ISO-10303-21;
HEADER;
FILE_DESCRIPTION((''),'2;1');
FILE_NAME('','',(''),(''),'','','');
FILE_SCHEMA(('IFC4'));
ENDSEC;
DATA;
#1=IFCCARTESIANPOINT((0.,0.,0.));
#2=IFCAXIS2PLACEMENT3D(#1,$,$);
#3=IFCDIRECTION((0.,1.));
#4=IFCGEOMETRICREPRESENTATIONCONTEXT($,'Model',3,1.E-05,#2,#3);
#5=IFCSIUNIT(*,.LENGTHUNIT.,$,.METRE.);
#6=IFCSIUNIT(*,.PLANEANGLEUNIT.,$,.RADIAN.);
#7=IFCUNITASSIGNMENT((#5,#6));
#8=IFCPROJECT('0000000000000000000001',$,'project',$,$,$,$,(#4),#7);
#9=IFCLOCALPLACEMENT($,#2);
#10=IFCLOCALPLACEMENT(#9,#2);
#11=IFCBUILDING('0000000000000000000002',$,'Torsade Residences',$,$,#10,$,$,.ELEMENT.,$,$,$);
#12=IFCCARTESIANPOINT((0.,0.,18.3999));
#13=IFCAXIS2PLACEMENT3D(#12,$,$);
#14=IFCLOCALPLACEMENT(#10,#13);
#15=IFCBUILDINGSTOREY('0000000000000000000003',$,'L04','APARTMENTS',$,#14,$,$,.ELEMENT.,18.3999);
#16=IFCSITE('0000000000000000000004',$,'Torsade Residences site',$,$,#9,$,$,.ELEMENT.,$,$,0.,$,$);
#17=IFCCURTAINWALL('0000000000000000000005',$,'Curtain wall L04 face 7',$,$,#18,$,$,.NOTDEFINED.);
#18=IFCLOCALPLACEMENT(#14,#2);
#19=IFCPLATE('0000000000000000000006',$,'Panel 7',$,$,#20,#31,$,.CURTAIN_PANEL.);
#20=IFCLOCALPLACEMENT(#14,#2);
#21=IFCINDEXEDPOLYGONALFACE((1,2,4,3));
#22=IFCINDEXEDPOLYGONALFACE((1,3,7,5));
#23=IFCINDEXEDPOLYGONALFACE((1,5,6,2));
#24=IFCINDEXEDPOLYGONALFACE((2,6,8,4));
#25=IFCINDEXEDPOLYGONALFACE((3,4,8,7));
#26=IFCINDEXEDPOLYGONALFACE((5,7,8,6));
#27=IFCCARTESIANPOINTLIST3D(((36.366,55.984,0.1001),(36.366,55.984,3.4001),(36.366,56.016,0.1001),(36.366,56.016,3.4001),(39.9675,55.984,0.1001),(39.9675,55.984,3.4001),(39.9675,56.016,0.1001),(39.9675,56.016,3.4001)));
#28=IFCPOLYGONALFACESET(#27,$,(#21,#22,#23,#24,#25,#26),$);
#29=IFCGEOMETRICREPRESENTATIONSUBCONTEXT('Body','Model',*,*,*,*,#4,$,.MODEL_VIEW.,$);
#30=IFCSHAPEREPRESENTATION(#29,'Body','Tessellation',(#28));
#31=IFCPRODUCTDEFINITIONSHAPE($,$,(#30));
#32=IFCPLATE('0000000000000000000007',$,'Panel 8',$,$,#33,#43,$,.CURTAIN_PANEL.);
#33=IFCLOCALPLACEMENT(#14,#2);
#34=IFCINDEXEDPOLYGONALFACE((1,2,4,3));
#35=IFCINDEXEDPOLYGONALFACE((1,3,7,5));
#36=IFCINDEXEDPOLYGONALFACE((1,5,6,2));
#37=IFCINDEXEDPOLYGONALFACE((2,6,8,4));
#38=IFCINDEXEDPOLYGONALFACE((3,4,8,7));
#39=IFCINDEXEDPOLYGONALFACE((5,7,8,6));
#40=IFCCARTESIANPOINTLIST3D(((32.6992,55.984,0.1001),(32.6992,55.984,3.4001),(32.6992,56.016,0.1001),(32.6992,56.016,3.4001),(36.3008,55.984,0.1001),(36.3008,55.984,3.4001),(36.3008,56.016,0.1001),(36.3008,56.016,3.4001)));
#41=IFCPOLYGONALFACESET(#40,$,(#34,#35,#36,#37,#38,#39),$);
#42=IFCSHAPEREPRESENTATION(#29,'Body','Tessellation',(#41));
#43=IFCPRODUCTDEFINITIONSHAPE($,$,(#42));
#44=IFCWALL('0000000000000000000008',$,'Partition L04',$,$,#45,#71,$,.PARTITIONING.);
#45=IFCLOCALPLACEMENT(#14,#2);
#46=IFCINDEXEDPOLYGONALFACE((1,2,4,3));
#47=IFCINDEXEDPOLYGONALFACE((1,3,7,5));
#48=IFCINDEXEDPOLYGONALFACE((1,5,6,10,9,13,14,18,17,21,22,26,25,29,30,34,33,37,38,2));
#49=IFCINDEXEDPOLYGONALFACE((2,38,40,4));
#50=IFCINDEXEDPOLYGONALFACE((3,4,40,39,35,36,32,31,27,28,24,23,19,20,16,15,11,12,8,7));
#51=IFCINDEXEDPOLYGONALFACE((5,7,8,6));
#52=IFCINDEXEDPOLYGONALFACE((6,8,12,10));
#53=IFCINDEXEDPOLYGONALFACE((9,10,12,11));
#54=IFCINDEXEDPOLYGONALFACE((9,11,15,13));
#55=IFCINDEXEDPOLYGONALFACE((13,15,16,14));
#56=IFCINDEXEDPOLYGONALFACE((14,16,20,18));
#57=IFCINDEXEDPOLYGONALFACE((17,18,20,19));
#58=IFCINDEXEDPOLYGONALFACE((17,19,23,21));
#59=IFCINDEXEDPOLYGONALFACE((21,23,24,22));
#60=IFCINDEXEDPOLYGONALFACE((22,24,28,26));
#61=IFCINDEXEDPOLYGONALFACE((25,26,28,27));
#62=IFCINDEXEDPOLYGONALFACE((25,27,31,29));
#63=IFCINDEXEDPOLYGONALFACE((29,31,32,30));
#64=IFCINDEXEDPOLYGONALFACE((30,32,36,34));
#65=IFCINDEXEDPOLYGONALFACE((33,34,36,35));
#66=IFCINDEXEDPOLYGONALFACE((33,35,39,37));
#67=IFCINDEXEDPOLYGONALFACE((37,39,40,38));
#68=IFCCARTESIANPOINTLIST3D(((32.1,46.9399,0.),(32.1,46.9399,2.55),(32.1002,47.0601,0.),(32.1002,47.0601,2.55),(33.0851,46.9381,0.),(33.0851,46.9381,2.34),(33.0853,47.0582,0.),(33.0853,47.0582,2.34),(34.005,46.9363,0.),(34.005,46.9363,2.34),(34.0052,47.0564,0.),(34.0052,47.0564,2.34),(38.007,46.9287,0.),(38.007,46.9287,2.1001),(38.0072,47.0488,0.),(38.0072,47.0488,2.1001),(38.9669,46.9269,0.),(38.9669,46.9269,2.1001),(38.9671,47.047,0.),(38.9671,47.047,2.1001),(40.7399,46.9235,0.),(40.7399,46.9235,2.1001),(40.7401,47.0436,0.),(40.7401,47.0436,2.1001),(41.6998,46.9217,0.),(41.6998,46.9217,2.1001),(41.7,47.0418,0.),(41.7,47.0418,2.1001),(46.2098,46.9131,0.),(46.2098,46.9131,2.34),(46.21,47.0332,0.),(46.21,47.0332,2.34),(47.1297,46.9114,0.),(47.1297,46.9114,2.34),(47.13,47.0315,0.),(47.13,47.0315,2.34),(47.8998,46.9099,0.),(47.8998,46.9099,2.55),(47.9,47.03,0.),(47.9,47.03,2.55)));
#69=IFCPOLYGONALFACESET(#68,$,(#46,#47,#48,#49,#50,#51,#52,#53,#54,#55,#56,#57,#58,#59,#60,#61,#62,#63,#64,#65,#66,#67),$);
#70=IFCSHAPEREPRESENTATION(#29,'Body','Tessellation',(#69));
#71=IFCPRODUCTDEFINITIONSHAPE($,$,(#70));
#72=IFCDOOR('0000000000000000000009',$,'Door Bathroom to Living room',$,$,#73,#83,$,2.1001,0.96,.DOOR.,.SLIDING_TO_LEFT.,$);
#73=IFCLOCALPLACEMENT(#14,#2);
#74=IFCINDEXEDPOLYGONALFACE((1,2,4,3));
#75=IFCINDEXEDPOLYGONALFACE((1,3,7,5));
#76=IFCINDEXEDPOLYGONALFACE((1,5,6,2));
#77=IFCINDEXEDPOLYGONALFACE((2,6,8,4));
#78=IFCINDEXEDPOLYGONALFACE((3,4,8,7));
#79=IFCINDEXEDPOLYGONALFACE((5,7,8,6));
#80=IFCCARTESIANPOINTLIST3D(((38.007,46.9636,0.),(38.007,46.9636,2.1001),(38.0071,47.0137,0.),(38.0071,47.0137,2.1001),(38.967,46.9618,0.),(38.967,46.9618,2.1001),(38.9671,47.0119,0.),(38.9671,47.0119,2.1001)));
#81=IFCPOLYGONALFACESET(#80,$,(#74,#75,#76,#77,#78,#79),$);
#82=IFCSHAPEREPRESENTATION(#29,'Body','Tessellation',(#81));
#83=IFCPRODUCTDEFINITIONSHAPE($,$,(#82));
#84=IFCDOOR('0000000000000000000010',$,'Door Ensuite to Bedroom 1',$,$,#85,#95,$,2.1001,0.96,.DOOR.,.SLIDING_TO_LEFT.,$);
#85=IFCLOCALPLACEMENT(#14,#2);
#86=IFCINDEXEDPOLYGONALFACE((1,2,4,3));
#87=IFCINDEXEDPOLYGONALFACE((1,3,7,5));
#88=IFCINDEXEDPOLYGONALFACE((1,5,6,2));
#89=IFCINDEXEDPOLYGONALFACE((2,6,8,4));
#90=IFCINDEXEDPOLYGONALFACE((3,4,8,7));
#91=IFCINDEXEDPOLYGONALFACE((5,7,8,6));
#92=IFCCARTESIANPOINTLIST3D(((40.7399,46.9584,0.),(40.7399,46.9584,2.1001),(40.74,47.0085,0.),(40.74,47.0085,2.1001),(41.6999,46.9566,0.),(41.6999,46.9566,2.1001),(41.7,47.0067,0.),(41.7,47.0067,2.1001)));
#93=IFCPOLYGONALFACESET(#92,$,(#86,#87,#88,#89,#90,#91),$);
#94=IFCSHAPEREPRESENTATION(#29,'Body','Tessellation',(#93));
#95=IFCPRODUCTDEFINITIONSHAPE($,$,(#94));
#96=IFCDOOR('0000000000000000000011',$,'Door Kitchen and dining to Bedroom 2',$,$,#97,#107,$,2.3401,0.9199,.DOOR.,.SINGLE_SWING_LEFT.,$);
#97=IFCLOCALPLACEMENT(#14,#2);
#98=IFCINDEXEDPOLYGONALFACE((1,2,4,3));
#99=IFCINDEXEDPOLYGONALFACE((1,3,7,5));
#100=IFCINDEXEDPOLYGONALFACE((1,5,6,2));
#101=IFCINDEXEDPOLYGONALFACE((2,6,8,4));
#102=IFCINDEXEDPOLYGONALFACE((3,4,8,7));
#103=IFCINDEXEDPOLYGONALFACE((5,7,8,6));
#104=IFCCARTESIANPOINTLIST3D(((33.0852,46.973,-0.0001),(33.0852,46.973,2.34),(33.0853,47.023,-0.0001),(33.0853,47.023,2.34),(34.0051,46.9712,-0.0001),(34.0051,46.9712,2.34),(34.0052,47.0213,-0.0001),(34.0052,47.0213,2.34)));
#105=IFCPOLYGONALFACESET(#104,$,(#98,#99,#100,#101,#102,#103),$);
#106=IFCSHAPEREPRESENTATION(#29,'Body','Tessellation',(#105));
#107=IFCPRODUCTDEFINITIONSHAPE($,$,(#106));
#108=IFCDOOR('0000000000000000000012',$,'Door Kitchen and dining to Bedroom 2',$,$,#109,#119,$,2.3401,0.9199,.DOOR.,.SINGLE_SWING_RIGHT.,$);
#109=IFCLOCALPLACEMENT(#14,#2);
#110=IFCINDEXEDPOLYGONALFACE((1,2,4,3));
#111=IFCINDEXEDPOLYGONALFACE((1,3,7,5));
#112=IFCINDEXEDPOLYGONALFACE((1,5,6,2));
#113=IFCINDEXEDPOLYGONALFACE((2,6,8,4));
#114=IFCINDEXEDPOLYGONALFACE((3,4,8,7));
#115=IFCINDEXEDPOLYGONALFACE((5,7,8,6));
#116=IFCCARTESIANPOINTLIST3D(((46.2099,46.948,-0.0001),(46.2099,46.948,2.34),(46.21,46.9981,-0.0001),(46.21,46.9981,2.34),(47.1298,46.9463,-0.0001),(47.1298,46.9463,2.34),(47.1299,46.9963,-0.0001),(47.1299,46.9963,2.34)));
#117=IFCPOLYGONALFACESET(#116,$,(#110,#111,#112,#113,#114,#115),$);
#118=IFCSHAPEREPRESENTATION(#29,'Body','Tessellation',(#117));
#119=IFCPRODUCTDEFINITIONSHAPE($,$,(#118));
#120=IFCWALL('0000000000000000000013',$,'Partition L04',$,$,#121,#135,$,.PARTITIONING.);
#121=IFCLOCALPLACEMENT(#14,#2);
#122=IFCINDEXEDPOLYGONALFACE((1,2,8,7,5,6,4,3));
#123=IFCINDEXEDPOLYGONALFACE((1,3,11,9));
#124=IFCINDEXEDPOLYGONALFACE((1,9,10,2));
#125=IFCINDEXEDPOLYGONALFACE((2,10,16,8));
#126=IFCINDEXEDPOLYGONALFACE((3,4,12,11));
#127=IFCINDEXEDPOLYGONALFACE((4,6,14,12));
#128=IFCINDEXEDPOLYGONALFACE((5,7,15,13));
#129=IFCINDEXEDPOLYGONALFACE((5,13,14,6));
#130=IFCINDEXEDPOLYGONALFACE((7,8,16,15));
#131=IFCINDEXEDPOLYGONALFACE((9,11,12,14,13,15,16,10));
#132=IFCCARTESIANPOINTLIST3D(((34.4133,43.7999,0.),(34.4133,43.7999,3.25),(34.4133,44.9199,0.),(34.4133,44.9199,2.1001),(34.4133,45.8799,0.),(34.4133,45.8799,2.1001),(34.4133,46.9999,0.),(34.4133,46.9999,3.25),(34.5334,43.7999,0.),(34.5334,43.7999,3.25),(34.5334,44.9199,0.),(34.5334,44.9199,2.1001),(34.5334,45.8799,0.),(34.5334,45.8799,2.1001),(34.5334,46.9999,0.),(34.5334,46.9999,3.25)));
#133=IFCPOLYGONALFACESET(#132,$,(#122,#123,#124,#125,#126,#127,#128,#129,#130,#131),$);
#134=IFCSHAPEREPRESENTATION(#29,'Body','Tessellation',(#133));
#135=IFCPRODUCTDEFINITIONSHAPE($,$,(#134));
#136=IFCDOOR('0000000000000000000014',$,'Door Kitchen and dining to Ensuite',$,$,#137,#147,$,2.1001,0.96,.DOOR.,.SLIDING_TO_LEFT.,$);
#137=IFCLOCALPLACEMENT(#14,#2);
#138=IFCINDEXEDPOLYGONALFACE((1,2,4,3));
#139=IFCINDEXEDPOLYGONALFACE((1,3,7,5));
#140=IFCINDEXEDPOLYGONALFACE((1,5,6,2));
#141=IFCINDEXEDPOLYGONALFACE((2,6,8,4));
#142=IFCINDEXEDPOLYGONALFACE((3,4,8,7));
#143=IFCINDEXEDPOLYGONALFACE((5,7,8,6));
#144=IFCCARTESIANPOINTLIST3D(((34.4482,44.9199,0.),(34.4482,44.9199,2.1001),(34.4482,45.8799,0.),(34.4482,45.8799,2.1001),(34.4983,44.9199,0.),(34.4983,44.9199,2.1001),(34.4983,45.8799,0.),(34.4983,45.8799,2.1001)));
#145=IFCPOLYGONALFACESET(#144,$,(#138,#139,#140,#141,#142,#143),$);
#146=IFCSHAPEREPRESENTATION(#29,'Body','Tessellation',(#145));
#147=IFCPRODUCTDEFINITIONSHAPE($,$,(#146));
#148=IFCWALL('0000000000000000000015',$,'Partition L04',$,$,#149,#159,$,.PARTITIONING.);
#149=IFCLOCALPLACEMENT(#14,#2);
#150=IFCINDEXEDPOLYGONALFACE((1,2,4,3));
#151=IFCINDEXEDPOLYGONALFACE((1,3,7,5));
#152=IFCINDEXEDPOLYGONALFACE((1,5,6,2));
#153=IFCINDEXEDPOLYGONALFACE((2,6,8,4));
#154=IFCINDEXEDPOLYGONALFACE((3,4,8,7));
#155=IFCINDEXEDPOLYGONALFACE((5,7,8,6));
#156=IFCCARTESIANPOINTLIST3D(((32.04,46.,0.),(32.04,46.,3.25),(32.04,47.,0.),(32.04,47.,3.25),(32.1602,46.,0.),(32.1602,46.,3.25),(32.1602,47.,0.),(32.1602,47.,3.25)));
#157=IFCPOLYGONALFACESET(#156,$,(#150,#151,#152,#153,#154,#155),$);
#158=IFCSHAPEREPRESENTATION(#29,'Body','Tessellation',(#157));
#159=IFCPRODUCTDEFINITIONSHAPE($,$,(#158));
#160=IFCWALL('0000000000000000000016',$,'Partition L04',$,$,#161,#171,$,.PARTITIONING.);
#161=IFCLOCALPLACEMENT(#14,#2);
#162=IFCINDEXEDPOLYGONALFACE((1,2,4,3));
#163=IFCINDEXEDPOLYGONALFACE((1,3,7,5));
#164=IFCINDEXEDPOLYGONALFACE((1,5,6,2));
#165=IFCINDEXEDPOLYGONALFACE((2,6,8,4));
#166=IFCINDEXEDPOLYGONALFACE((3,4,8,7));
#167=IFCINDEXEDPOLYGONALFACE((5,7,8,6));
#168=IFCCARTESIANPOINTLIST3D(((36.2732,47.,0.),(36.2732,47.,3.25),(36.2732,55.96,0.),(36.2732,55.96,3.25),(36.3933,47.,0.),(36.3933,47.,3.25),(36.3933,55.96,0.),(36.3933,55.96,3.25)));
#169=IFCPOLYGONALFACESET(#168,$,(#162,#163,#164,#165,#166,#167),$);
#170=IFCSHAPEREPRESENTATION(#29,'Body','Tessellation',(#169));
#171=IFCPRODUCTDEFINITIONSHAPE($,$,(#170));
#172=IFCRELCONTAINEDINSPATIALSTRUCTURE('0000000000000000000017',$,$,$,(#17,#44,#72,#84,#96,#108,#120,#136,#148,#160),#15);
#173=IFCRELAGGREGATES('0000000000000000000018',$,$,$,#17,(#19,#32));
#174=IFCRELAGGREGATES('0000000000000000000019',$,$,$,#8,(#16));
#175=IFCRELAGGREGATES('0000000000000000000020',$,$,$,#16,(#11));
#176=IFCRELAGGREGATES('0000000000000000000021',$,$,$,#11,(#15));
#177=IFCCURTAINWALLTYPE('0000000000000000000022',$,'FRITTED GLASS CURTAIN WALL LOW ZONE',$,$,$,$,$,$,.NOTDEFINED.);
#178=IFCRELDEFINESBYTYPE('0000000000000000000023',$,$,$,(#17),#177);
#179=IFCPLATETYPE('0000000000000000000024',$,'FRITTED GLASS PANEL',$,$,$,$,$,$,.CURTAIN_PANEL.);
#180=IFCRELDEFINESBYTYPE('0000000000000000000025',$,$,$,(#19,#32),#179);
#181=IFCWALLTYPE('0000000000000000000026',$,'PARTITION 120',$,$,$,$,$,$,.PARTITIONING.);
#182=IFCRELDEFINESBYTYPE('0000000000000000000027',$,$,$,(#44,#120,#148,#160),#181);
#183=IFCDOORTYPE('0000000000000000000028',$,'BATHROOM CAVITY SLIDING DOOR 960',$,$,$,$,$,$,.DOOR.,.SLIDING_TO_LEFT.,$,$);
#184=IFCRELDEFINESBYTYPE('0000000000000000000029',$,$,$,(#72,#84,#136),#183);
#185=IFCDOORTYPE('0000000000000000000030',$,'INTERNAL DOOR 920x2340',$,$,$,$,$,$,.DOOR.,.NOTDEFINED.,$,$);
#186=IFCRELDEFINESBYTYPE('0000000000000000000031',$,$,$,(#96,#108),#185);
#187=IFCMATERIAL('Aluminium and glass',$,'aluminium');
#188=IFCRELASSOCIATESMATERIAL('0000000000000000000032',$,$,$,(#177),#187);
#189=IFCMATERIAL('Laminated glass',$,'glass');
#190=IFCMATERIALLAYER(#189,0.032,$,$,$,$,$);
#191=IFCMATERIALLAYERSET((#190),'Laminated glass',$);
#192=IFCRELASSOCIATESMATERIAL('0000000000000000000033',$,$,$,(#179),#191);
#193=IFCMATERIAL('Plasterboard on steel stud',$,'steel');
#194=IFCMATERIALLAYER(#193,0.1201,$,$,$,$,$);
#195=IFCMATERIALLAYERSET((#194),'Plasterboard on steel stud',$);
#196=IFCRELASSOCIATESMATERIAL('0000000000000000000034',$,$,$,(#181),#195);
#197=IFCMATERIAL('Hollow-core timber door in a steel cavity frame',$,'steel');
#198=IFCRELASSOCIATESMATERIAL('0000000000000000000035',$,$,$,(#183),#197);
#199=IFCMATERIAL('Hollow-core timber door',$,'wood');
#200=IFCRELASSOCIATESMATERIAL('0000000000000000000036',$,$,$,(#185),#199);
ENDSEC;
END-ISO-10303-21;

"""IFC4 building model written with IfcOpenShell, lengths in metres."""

from ifc_helpers import new_model, si_unit, direction, frame, frame_2d, origin, origin_2d, place, context, subcontext, project, spatial, rectangle, extrude, material, layer, layer_set, type_object, element, fill, aggregate, save


model = new_model("IFC4")

# Units and contexts
model_context = context("Model", 3, precision=1e-05, world=origin(), true_north=direction((0.0, 1.0)))
body_context = subcontext(model_context, "Body", "Model", "MODEL_VIEW")
ifc_project = project(units=[si_unit("LENGTHUNIT", "METRE"), si_unit("PLANEANGLEUNIT", "RADIAN")], contexts=[model_context])

# Site, building, storey
site_placement = place(None, origin())
site = spatial("IfcSite", under=ifc_project, at=site_placement, Name="Torsade Residences site", CompositionType="ELEMENT", RefElevation=0.0)
building_placement = place(site_placement, origin())
building = spatial("IfcBuilding", under=site, at=building_placement, Name="Torsade Residences", CompositionType="ELEMENT")
storey_placement = place(building_placement, frame((0.0, 0.0, 18.3999)))
storey = spatial("IfcBuildingStorey", under=building, at=storey_placement, Name="L04", Description="APARTMENTS", CompositionType="ELEMENT", Elevation=18.3999)

# Curtain wall
ifc_material_1 = material(Name="Aluminium and glass", Category="aluminium")
curtain_wall_type = type_object("IfcCurtainWallType", Name="FRITTED GLASS CURTAIN WALL LOW ZONE", PredefinedType="NOTDEFINED", material=ifc_material_1)
curtain_wall_placement = place(storey_placement, origin())
curtain_wall = element("IfcCurtainWall", 1, at=curtain_wall_placement, inside=storey, type_object=curtain_wall_type, Name="Curtain wall L04 face 7", PredefinedType="NOTDEFINED")

# Plates
ifc_material_2 = material(Name="Laminated glass", Category="glass")
ifc_layer_1 = layer(ifc_material_2, 0.032)
ifc_layer_set_1 = layer_set([ifc_layer_1], Name="Laminated glass")
plate_type = type_object("IfcPlateType", Name="FRITTED GLASS PANEL", PredefinedType="CURTAIN_PANEL", material=ifc_layer_set_1)
plate_1_placement = place(storey_placement, frame((38.1667, 56.0, 0.1001), z_axis=(0.0, 0.0, 1.0), x_axis=(-1.0, 0.0, 0.0)))
plate_1 = element("IfcPlate", 2, at=plate_1_placement, type_object=plate_type, Name="Panel 7", PredefinedType="CURTAIN_PANEL", context=body_context, shape_type="SweptSolid", body=[
    extrude(rectangle(XDim=3.6016, YDim=0.032, at=origin_2d()), origin(), (0.0, 0.0, 1.0), 3.3),
])
plate_2_placement = place(storey_placement, frame((34.5, 56.0, 0.1001), z_axis=(0.0, 0.0, 1.0), x_axis=(-1.0, 0.0, 0.0)))
plate_2 = element("IfcPlate", 3, at=plate_2_placement, type_object=plate_type, Name="Panel 8", PredefinedType="CURTAIN_PANEL", context=body_context, shape_type="SweptSolid", body=[
    extrude(rectangle(XDim=3.6016, YDim=0.032, at=origin_2d()), origin(), (0.0, 0.0, 1.0), 3.3),
])
aggregate(curtain_wall, [plate_1, plate_2])

# Wall, openings, doors
ifc_material_3 = material(Name="Plasterboard on steel stud", Category="steel")
ifc_layer_2 = layer(ifc_material_3, 0.1201)
ifc_layer_set_2 = layer_set([ifc_layer_2], Name="Plasterboard on steel stud")
wall_type = type_object("IfcWallType", Name="PARTITION 120", PredefinedType="PARTITIONING", material=ifc_layer_set_2)
wall_1_placement = place(storey_placement, frame((32.1001, 47.0, 0.0), z_axis=(0.0, 0.0, 1.0), x_axis=(0.999998, -0.001901, 0.0)))
wall_1 = element("IfcWall", 4, at=wall_1_placement, inside=storey, type_object=wall_type, Name="Partition L04", PredefinedType="PARTITIONING", context=body_context, shape_type="SweptSolid", body=[
    extrude(rectangle(XDim=15.7998, YDim=0.1201, at=frame_2d((7.8999, 0.0))), origin(), (0.0, 0.0, 1.0), 2.55),
])
opening_1_placement = place(wall_1_placement, frame((0.9851, 0.0, 0.0)))
opening_1 = element("IfcOpeningElement", 5, at=opening_1_placement, cuts=wall_1, PredefinedType="OPENING", context=body_context, shape_type="SweptSolid", body=[
    extrude(rectangle(XDim=0.9199, YDim=2.3401, at=frame_2d((0.46, 1.1699))), frame((0.0, 0.0701, 0.0), z_axis=(0.0, -1.0, 0.0), x_axis=(1.0, 0.0, 0.0)), (0.0, 0.0, 1.0), 0.1401),
])
opening_2_placement = place(wall_1_placement, frame((14.1099, 0.0, 0.0)))
opening_2 = element("IfcOpeningElement", 6, at=opening_2_placement, cuts=wall_1, PredefinedType="OPENING", context=body_context, shape_type="SweptSolid", body=[
    extrude(rectangle(XDim=0.9199, YDim=2.3401, at=frame_2d((0.46, 1.1699))), frame((0.0, 0.0701, 0.0), z_axis=(0.0, -1.0, 0.0), x_axis=(1.0, 0.0, 0.0)), (0.0, 0.0, 1.0), 0.1401),
])
opening_3_placement = place(wall_1_placement, frame((5.907, 0.0, 0.0)))
opening_3 = element("IfcOpeningElement", 7, at=opening_3_placement, cuts=wall_1, PredefinedType="OPENING", context=body_context, shape_type="SweptSolid", body=[
    extrude(rectangle(XDim=0.96, YDim=2.1001, at=frame_2d((0.48, 1.05))), frame((0.0, 0.0701, 0.0), z_axis=(0.0, -1.0, 0.0), x_axis=(1.0, 0.0, 0.0)), (0.0, 0.0, 1.0), 0.1401),
])
opening_4_placement = place(wall_1_placement, frame((8.6399, 0.0, 0.0)))
opening_4 = element("IfcOpeningElement", 8, at=opening_4_placement, cuts=wall_1, PredefinedType="OPENING", context=body_context, shape_type="SweptSolid", body=[
    extrude(rectangle(XDim=0.96, YDim=2.1001, at=frame_2d((0.48, 1.05))), frame((0.0, 0.0701, 0.0), z_axis=(0.0, -1.0, 0.0), x_axis=(1.0, 0.0, 0.0)), (0.0, 0.0, 1.0), 0.1401),
])
ifc_material_4 = material(Name="Hollow-core timber door in a steel cavity frame", Category="steel")
door_type_1 = type_object("IfcDoorType", Name="BATHROOM CAVITY SLIDING DOOR 960", OperationType="SLIDING_TO_LEFT", PredefinedType="DOOR", material=ifc_material_4)
door_1_placement = place(opening_3_placement, origin())
door_1 = element("IfcDoor", 9, at=door_1_placement, inside=storey, type_object=door_type_1, Name="Door Bathroom to Living room", OperationType="SLIDING_TO_LEFT", OverallHeight=2.1001, OverallWidth=0.96, PredefinedType="DOOR", context=body_context, shape_type="SweptSolid", body=[
    extrude(rectangle(XDim=0.96, YDim=2.1001, at=frame_2d((0.48, 1.05))), frame((0.0, 0.0249, 0.0), z_axis=(0.0, -1.0, 0.0), x_axis=(1.0, 0.0, 0.0)), (0.0, 0.0, 1.0), 0.05),
])
fill(opening_3, door_1)
door_2_placement = place(opening_4_placement, origin())
door_2 = element("IfcDoor", 10, at=door_2_placement, inside=storey, type_object=door_type_1, Name="Door Ensuite to Bedroom 1", OperationType="SLIDING_TO_LEFT", OverallHeight=2.1001, OverallWidth=0.96, PredefinedType="DOOR", context=body_context, shape_type="SweptSolid", body=[
    extrude(rectangle(XDim=0.96, YDim=2.1001, at=frame_2d((0.48, 1.05))), frame((0.0, 0.0249, 0.0), z_axis=(0.0, -1.0, 0.0), x_axis=(1.0, 0.0, 0.0)), (0.0, 0.0, 1.0), 0.05),
])
fill(opening_4, door_2)
ifc_material_5 = material(Name="Hollow-core timber door", Category="wood")
door_type_2 = type_object("IfcDoorType", Name="INTERNAL DOOR 920x2340", OperationType="NOTDEFINED", PredefinedType="DOOR", material=ifc_material_5)
door_3_placement = place(opening_1_placement, origin())
door_3 = element("IfcDoor", 11, at=door_3_placement, inside=storey, type_object=door_type_2, Name="Door Kitchen and dining to Bedroom 2", OperationType="SINGLE_SWING_LEFT", OverallHeight=2.3401, OverallWidth=0.9199, PredefinedType="DOOR", context=body_context, shape_type="SweptSolid", body=[
    extrude(rectangle(XDim=0.9199, YDim=2.3401, at=frame_2d((0.46, 1.1699))), frame((0.0, 0.0249, 0.0), z_axis=(0.0, -1.0, 0.0), x_axis=(1.0, 0.0, 0.0)), (0.0, 0.0, 1.0), 0.05),
])
fill(opening_1, door_3)
door_4_placement = place(opening_2_placement, origin())
door_4 = element("IfcDoor", 12, at=door_4_placement, inside=storey, type_object=door_type_2, Name="Door Kitchen and dining to Bedroom 2", OperationType="SINGLE_SWING_RIGHT", OverallHeight=2.3401, OverallWidth=0.9199, PredefinedType="DOOR", context=body_context, shape_type="SweptSolid", body=[
    extrude(rectangle(XDim=0.9199, YDim=2.3401, at=frame_2d((0.46, 1.1699))), frame((0.0, 0.0249, 0.0), z_axis=(0.0, -1.0, 0.0), x_axis=(1.0, 0.0, 0.0)), (0.0, 0.0, 1.0), 0.05),
])
fill(opening_2, door_4)

# Wall, opening, door
wall_2_placement = place(storey_placement, frame((34.4734, 47.0, 0.0), z_axis=(0.0, 0.0, 1.0), x_axis=(0.0, -1.0, 0.0)))
wall_2 = element("IfcWall", 13, at=wall_2_placement, inside=storey, type_object=wall_type, Name="Partition L04", PredefinedType="PARTITIONING", context=body_context, shape_type="SweptSolid", body=[
    extrude(rectangle(XDim=3.2, YDim=0.1201, at=frame_2d((1.6001, 0.0))), origin(), (0.0, 0.0, 1.0), 3.25),
])
opening_5_placement = place(wall_2_placement, frame((1.1201, 0.0, 0.0)))
opening_5 = element("IfcOpeningElement", 14, at=opening_5_placement, cuts=wall_2, PredefinedType="OPENING", context=body_context, shape_type="SweptSolid", body=[
    extrude(rectangle(XDim=0.96, YDim=2.1001, at=frame_2d((0.48, 1.05))), frame((0.0, 0.0701, 0.0), z_axis=(0.0, -1.0, 0.0), x_axis=(1.0, 0.0, 0.0)), (0.0, 0.0, 1.0), 0.1401),
])
door_5_placement = place(opening_5_placement, origin())
door_5 = element("IfcDoor", 15, at=door_5_placement, inside=storey, type_object=door_type_1, Name="Door Kitchen and dining to Ensuite", OperationType="SLIDING_TO_LEFT", OverallHeight=2.1001, OverallWidth=0.96, PredefinedType="DOOR", context=body_context, shape_type="SweptSolid", body=[
    extrude(rectangle(XDim=0.96, YDim=2.1001, at=frame_2d((0.48, 1.05))), frame((0.0, 0.0249, 0.0), z_axis=(0.0, -1.0, 0.0), x_axis=(1.0, 0.0, 0.0)), (0.0, 0.0, 1.0), 0.05),
])
fill(opening_5, door_5)

# Walls
wall_3_placement = place(storey_placement, frame((32.1001, 46.0, 0.0), z_axis=(0.0, 0.0, 1.0), x_axis=(0.0, 1.0, 0.0)))
element("IfcWall", 16, at=wall_3_placement, inside=storey, type_object=wall_type, Name="Partition L04", PredefinedType="PARTITIONING", context=body_context, shape_type="SweptSolid", body=[
    extrude(rectangle(XDim=1.0, YDim=0.1201, at=frame_2d((0.5, 0.0))), origin(), (0.0, 0.0, 1.0), 3.25),
])
wall_4_placement = place(storey_placement, frame((36.3333, 47.0, 0.0), z_axis=(0.0, 0.0, 1.0), x_axis=(0.0, 1.0, 0.0)))
element("IfcWall", 17, at=wall_4_placement, inside=storey, type_object=wall_type, Name="Partition L04", PredefinedType="PARTITIONING", context=body_context, shape_type="SweptSolid", body=[
    extrude(rectangle(XDim=8.96, YDim=0.1201, at=frame_2d((4.48, 0.0))), origin(), (0.0, 0.0, 1.0), 3.25),
])

save(model, "model.ifc")
